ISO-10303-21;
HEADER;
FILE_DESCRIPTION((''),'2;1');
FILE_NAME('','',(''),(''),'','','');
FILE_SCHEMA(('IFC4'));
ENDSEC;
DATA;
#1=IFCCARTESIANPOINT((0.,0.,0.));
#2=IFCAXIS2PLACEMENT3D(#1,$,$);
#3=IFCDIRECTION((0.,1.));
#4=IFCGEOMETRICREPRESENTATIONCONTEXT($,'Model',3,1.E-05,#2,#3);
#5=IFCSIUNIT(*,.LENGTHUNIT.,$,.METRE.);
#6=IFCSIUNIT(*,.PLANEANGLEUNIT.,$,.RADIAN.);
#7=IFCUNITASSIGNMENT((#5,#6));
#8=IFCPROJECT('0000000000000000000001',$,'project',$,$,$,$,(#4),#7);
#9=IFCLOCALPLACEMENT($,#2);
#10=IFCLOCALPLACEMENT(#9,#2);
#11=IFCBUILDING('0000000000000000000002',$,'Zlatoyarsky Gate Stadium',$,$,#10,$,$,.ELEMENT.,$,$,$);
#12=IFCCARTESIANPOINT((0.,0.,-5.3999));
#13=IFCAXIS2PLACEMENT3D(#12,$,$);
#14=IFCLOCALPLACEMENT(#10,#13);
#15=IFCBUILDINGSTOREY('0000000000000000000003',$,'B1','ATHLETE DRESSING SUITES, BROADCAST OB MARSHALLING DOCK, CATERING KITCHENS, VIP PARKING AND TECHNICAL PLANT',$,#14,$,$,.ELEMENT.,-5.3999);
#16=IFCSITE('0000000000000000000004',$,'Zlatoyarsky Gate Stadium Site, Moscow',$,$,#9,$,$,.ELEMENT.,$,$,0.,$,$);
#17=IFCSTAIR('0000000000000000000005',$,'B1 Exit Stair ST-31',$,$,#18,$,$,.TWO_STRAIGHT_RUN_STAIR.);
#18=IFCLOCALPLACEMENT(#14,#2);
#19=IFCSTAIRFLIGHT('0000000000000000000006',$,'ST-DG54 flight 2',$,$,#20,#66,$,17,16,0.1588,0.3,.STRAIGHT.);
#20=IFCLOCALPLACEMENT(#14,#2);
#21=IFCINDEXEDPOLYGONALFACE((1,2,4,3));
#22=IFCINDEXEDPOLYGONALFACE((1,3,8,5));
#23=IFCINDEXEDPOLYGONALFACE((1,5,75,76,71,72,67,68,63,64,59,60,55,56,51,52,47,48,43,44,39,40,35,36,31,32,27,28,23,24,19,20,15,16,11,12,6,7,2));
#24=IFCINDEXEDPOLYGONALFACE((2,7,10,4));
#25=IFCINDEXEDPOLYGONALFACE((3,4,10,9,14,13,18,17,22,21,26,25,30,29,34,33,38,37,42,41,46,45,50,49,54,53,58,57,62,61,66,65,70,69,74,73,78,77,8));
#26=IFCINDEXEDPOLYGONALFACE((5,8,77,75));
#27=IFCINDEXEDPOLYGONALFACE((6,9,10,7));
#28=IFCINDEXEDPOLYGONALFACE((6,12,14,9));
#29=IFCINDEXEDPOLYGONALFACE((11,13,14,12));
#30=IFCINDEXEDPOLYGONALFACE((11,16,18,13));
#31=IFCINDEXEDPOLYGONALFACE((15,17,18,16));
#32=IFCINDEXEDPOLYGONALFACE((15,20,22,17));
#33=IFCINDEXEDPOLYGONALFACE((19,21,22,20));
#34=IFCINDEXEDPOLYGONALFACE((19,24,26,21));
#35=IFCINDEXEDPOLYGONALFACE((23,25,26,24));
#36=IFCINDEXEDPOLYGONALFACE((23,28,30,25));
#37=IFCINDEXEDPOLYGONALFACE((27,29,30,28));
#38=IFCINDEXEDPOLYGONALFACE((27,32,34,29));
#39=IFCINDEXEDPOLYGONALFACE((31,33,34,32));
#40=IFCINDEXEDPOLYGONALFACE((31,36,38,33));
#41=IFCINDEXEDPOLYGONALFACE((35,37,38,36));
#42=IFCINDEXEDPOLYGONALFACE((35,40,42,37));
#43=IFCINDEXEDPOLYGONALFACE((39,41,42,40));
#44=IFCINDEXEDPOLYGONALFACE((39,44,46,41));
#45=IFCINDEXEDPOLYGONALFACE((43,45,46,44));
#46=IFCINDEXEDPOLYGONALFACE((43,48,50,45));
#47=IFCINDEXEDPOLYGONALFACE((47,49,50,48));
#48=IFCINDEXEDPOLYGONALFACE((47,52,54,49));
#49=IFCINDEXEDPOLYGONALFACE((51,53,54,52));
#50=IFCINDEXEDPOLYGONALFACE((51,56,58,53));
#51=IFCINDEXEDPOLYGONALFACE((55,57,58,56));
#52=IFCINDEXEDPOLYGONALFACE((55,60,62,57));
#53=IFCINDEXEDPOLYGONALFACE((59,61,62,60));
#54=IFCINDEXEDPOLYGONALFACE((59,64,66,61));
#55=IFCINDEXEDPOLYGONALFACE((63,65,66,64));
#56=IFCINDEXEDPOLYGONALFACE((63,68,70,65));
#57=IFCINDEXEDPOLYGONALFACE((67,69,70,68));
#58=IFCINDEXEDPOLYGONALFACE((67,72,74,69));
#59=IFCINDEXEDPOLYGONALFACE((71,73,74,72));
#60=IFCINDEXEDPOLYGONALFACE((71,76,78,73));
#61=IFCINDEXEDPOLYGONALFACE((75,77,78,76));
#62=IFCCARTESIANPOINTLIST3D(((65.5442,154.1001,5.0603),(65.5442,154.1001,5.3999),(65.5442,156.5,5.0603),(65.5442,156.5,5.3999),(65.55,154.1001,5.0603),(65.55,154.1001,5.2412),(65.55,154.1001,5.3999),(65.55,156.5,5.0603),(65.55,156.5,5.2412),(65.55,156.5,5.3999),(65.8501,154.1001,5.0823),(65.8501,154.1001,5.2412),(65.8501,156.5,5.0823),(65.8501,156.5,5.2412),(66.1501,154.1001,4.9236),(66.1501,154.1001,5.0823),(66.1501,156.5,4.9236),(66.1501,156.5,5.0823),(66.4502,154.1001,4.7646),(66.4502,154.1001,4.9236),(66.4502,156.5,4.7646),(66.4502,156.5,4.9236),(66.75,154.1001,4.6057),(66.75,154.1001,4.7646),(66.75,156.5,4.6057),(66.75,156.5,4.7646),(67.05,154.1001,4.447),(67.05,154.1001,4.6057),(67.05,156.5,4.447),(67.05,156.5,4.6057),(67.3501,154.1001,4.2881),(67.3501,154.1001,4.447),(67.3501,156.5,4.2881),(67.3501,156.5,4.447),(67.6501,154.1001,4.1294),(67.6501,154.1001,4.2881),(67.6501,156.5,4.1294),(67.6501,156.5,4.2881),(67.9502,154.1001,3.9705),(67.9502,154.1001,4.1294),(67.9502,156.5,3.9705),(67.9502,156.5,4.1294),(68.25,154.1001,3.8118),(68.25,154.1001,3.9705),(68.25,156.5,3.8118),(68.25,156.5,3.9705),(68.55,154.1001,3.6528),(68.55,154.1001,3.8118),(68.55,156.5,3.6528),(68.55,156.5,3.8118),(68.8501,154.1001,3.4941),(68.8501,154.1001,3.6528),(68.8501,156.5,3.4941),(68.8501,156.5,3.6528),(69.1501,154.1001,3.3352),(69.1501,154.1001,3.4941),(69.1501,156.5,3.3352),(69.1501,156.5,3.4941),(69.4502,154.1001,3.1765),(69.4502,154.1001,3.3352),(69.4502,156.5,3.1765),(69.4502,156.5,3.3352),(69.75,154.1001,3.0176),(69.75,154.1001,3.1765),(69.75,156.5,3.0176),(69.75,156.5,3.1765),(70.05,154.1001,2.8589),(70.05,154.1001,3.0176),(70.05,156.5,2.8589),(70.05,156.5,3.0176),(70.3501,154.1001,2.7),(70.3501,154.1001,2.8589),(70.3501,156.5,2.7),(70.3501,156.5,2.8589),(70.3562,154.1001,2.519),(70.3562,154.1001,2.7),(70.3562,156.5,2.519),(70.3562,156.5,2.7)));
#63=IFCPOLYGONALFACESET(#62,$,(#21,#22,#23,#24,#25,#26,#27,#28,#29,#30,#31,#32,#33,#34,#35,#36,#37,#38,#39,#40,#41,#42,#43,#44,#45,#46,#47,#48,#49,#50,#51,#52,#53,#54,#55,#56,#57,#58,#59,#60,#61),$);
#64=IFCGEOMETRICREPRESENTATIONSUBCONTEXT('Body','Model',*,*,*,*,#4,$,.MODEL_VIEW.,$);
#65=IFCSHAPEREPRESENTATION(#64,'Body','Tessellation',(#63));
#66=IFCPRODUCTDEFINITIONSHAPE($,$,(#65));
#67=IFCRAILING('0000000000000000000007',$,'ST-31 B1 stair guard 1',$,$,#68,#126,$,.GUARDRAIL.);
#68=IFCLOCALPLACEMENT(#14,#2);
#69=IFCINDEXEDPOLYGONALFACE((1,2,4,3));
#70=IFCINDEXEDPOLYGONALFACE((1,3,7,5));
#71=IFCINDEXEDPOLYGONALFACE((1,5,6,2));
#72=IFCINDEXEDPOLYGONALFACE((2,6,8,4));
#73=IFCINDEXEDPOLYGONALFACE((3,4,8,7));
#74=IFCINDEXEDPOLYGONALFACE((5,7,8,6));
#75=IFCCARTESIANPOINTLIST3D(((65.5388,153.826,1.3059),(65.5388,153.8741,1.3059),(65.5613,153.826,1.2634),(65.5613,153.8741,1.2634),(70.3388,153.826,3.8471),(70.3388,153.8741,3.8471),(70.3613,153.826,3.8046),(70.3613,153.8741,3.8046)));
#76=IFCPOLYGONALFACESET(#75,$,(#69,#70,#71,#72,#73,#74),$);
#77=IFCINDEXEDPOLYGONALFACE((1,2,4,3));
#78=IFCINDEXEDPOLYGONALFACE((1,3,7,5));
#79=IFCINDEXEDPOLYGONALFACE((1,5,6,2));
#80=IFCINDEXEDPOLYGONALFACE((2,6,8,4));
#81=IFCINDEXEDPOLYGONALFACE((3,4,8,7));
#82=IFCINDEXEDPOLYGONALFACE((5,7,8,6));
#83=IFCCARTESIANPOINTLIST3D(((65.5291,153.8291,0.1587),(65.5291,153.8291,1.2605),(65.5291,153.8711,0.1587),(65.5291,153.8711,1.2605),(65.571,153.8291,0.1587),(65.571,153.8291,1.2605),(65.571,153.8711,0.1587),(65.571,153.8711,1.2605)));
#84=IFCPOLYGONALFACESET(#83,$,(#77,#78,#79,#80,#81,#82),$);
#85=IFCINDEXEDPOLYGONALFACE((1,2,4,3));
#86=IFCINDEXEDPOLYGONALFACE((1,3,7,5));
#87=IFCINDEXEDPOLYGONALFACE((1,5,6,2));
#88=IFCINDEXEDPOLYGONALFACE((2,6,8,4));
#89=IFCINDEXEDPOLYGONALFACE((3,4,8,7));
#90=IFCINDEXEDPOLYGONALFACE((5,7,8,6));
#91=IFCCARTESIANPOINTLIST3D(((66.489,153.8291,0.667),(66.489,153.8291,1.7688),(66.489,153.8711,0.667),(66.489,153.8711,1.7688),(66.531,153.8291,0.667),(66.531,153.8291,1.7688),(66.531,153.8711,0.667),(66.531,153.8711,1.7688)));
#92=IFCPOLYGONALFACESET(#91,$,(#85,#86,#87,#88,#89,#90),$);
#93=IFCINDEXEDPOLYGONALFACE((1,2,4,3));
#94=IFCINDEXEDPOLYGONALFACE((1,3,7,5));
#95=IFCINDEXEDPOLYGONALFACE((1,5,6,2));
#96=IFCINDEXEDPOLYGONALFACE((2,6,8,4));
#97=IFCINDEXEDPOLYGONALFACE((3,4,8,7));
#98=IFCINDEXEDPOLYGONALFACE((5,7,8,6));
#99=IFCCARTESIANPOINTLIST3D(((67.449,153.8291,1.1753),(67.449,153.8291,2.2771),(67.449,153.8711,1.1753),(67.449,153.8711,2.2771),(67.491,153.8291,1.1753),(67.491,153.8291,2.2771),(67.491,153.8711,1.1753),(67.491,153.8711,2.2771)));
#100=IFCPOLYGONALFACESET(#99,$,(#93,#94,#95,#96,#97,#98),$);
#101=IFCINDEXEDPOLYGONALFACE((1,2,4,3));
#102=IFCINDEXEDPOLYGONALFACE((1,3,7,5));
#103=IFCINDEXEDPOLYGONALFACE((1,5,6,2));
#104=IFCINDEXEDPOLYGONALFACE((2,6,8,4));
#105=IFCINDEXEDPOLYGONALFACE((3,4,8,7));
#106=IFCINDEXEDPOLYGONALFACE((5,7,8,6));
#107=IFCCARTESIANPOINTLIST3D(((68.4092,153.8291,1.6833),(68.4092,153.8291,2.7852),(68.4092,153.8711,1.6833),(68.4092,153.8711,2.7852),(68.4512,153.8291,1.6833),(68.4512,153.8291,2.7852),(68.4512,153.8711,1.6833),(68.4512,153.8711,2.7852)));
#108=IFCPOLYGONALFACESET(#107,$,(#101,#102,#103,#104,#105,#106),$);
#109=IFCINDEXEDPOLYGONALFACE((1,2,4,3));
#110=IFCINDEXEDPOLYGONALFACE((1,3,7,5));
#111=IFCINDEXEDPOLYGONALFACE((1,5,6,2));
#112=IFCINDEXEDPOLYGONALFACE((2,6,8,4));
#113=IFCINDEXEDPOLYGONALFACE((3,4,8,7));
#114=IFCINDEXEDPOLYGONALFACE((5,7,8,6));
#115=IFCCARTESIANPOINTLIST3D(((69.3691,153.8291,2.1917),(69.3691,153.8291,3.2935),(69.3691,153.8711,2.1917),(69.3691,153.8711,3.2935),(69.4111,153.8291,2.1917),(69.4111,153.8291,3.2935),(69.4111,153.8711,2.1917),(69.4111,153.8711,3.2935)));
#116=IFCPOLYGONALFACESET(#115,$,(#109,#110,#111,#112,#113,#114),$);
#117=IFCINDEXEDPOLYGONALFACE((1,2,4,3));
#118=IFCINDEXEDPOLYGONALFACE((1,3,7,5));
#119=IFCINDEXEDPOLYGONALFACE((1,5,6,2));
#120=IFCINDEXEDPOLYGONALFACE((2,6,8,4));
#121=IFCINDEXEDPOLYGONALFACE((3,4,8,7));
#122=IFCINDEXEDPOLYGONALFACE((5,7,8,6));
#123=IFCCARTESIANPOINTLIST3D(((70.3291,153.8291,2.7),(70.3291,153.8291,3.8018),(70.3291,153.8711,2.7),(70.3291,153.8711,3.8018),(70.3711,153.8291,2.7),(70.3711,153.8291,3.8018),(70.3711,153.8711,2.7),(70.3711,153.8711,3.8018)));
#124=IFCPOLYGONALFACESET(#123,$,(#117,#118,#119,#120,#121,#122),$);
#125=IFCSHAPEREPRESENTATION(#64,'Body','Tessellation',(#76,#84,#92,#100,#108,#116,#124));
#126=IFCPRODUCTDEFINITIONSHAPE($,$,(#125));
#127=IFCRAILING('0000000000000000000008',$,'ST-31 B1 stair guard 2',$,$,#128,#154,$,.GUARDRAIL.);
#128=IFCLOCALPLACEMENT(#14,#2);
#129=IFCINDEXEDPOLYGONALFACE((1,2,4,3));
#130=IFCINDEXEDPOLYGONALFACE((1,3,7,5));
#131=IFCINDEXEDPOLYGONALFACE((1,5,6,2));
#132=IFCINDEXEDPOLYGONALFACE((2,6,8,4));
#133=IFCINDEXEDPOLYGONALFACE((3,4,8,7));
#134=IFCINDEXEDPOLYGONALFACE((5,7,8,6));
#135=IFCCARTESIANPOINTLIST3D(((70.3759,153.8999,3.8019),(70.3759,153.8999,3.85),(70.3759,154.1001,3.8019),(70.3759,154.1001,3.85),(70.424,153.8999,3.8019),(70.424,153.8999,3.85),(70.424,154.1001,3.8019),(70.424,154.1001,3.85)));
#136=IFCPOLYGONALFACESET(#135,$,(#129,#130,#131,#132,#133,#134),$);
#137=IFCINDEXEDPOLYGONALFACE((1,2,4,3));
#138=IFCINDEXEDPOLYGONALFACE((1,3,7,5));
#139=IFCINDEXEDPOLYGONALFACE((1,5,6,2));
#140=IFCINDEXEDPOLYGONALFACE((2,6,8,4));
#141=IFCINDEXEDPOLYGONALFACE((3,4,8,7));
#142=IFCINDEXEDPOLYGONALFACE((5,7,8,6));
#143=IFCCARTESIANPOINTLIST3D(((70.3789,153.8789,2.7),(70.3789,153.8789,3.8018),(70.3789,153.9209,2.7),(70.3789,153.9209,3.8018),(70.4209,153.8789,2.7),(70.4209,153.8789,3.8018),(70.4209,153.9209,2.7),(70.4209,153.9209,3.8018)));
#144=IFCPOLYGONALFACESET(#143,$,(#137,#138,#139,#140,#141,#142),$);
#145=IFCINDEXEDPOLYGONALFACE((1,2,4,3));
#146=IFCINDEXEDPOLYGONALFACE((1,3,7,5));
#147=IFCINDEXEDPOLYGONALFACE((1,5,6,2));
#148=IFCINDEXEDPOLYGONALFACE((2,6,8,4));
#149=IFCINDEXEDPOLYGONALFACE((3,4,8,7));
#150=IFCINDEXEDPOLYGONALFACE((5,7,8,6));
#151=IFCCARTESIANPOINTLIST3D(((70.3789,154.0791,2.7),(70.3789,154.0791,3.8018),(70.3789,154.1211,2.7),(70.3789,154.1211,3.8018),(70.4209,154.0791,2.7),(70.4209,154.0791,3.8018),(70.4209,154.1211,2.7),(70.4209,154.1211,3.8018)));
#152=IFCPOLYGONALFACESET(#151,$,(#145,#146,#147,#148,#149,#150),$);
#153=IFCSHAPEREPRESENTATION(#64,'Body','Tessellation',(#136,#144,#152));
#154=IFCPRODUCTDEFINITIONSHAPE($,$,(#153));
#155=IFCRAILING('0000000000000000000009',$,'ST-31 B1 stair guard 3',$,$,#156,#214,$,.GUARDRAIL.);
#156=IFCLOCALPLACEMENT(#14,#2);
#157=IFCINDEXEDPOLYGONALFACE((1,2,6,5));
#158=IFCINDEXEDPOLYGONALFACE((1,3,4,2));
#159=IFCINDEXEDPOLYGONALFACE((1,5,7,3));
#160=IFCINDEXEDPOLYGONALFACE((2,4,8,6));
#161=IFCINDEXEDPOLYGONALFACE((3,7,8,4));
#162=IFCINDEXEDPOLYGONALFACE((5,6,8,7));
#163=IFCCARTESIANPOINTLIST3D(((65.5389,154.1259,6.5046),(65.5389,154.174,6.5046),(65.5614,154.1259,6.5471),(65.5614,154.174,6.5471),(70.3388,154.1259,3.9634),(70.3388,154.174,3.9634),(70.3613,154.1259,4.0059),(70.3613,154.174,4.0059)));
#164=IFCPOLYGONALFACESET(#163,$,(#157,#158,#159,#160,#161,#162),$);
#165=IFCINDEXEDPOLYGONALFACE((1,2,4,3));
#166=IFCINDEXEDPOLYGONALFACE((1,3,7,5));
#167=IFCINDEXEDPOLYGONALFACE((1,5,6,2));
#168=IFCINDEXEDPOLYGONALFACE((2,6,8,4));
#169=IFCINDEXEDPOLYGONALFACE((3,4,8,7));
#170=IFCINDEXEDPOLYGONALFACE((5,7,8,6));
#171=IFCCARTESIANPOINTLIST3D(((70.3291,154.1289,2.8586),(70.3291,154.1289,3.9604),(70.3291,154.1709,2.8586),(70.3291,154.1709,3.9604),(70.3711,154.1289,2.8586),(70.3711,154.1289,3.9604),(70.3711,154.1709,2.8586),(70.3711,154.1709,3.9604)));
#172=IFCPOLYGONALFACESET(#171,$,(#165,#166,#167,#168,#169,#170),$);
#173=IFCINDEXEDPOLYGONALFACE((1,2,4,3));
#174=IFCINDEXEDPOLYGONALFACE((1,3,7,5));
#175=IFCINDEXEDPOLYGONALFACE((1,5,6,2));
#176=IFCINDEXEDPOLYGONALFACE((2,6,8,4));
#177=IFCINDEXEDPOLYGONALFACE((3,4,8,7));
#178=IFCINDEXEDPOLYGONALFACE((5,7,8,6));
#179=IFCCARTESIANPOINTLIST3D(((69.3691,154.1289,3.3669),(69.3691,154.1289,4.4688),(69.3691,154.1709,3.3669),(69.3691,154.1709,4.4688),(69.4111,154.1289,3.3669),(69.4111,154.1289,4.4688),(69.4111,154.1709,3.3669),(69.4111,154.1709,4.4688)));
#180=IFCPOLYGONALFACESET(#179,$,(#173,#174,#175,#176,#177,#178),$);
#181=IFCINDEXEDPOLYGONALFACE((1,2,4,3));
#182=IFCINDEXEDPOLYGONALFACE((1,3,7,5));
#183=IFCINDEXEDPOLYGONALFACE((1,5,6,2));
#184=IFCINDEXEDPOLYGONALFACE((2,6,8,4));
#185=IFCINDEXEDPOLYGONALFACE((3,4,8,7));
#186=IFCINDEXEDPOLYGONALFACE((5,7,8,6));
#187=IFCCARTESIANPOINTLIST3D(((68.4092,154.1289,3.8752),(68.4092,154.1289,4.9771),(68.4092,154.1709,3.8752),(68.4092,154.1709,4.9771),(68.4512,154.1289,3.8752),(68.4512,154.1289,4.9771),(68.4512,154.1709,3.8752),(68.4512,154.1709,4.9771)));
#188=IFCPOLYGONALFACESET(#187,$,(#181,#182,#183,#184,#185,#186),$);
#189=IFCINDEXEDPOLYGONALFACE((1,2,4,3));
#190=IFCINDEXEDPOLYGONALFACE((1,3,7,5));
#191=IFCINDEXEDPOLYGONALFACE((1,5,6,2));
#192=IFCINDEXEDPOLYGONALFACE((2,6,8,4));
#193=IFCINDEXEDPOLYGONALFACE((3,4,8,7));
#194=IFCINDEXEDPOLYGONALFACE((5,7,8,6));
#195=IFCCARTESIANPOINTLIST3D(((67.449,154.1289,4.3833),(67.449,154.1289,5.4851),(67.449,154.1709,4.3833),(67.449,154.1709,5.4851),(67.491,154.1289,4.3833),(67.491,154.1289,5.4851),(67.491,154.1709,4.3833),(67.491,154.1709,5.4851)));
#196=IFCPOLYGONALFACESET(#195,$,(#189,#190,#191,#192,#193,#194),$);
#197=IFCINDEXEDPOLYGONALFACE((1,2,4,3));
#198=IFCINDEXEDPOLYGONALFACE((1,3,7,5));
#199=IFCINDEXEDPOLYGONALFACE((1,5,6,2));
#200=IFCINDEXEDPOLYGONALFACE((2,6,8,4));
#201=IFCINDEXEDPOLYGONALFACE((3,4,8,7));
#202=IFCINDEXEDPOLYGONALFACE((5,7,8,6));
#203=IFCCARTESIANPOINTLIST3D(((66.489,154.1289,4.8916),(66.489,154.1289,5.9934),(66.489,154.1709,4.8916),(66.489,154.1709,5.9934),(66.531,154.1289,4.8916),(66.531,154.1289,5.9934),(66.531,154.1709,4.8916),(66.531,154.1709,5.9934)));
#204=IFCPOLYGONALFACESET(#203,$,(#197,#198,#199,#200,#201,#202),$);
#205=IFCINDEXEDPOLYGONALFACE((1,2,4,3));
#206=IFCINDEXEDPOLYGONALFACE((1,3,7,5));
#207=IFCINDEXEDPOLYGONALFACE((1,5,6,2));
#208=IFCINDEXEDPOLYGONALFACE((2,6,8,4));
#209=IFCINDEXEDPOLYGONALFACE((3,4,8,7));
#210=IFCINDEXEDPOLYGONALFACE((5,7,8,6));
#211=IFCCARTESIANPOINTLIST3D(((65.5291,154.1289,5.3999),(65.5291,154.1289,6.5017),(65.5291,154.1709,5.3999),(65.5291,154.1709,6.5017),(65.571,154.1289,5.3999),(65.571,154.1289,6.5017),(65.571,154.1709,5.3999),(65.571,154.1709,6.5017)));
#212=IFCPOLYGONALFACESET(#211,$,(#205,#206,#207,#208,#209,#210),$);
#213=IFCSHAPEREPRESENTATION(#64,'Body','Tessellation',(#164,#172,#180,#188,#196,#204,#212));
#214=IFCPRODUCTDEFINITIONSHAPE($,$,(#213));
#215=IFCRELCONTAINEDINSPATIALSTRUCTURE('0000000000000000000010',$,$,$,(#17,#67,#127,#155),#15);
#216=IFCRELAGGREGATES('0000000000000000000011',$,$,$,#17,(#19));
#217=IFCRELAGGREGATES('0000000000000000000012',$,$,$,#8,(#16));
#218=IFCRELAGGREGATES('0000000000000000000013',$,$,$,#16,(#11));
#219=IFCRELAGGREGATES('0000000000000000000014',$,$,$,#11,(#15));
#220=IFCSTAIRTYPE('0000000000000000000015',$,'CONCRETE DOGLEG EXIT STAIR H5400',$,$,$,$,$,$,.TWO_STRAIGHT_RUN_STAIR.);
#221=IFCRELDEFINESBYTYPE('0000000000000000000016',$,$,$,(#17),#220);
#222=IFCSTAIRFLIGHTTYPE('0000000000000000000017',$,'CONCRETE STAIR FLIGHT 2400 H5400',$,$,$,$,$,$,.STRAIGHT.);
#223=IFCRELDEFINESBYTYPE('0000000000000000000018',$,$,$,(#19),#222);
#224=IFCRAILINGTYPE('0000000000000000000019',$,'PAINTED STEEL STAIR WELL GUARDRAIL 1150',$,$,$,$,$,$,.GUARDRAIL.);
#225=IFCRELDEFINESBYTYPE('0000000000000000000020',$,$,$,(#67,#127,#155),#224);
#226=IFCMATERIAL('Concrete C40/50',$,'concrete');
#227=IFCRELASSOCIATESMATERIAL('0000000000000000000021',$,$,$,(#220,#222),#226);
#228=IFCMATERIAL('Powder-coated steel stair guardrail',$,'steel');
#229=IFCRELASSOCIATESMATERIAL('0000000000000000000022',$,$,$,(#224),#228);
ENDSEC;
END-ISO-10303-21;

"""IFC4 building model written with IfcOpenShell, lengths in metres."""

from ifc_helpers import new_model, si_unit, direction, frame, origin, origin_2d, place, context, subcontext, project, spatial, polyline, rectangle, outline, extrude, material, type_object, element, aggregate, save


model = new_model("IFC4")

# Units and contexts
model_context = context("Model", 3, precision=1e-05, world=origin(), true_north=direction((0.0, 1.0)))
body_context = subcontext(model_context, "Body", "Model", "MODEL_VIEW")
ifc_project = project(units=[si_unit("LENGTHUNIT", "METRE"), si_unit("PLANEANGLEUNIT", "RADIAN")], contexts=[model_context])

# Site, building, storey
site_placement = place(None, origin())
site = spatial("IfcSite", under=ifc_project, at=site_placement, Name="Zlatoyarsky Gate Stadium Site, Moscow", CompositionType="ELEMENT", RefElevation=0.0)
building_placement = place(site_placement, origin())
building = spatial("IfcBuilding", under=site, at=building_placement, Name="Zlatoyarsky Gate Stadium", CompositionType="ELEMENT")
storey_placement = place(building_placement, frame((0.0, 0.0, -5.3999)))
storey = spatial("IfcBuildingStorey", under=building, at=storey_placement, Name="B1", Description="ATHLETE DRESSING SUITES, BROADCAST OB MARSHALLING DOCK, CATERING KITCHENS, VIP PARKING AND TECHNICAL PLANT", CompositionType="ELEMENT", Elevation=-5.3999)

# Shared definitions
ifc_material_1 = material(Name="Concrete C40/50", Category="concrete")

# Stair, stair flight
stair_type = type_object("IfcStairType", Name="CONCRETE DOGLEG EXIT STAIR H5400", PredefinedType="TWO_STRAIGHT_RUN_STAIR", material=ifc_material_1)
stair_placement = place(storey_placement, origin())
stair = element("IfcStair", 1, at=stair_placement, inside=storey, type_object=stair_type, Name="B1 Exit Stair ST-31", PredefinedType="TWO_STRAIGHT_RUN_STAIR")
stair_flight_type = type_object("IfcStairFlightType", Name="CONCRETE STAIR FLIGHT 2400 H5400", PredefinedType="STRAIGHT", material=ifc_material_1)
stair_flight_1_placement = place(storey_placement, frame((70.3501, 155.3, 2.7), z_axis=(0.0, 0.0, 1.0), x_axis=(-1.0, 0.0, 0.0)))
stair_flight_1 = element("IfcStairFlight", 2, at=stair_flight_1_placement, type_object=stair_flight_type, Name="ST-DG54 flight 2", NumberOfRisers=17, NumberOfTreads=16, PredefinedType="STRAIGHT", RiserHeight=0.1588, TreadLength=0.3, context=body_context, shape_type="SweptSolid", body=[
    extrude(outline(polyline([(-0.0061, -0.1809), (-0.0061, 0.0), (0.0, 0.0), (0.0, 0.1589), (0.3, 0.1589), (0.3, 0.3176), (0.6001, 0.3176), (0.6001, 0.4766), (0.8999, 0.4766), (0.8999, 0.6353), (1.2, 0.6353), (1.2, 0.7942), (1.5, 0.7942), (1.5, 0.9529), (1.8, 0.9529), (1.8, 1.1118), (2.1001, 1.1118), (2.1001, 1.2705), (2.3999, 1.2705), (2.3999, 1.4294), (2.7, 1.4294), (2.7, 1.5881), (3.0, 1.5881), (3.0, 1.7471), (3.3, 1.7471), (3.3, 1.9058), (3.6001, 1.9058), (3.6001, 2.0647), (3.8999, 2.0647), (3.8999, 2.2236), (4.2, 2.2236), (4.2, 2.3823), (4.5, 2.3823), (4.5, 2.5413), (4.8, 2.5413), (4.8, 2.7), (4.8059, 2.7), (4.8059, 2.3604), (4.8, 2.3604), (-0.0061, -0.1809)])), frame((0.0, 1.2, 0.0), z_axis=(0.0, -1.0, 0.0), x_axis=(1.0, 0.0, 0.0)), (0.0, 0.0, 1.0), 2.3999),
])
aggregate(stair, [stair_flight_1])

# Railings
ifc_material_2 = material(Name="Powder-coated steel stair guardrail", Category="steel")
railing_type_1 = type_object("IfcRailingType", Name="PAINTED STEEL STAIR WELL GUARDRAIL 1150", PredefinedType="GUARDRAIL", material=ifc_material_2)
railing_1_placement = place(storey_placement, frame((65.55, 153.8501, 0.1587)))
element("IfcRailing", 3, at=railing_1_placement, inside=storey, type_object=railing_type_1, Name="ST-31 B1 stair guard 1", PredefinedType="GUARDRAIL", context=body_context, shape_type="SweptSolid", body=[
    extrude(rectangle(XDim=0.0481, YDim=0.0481, at=origin_2d()), frame((0.0, 0.0, 1.126), z_axis=(0.883784, 0.0, 0.467896), x_axis=(0.0, 1.0, 0.0)), (0.0, 0.0, 1.0), 5.4312),
    extrude(rectangle(XDim=0.042, YDim=0.042, at=origin_2d()), origin(), (0.0, 0.0, 1.0), 1.1018),
    extrude(rectangle(XDim=0.042, YDim=0.042, at=origin_2d()), frame((0.96, 0.0, 0.5083)), (0.0, 0.0, 1.0), 1.1018),
    extrude(rectangle(XDim=0.042, YDim=0.042, at=origin_2d()), frame((1.9199, 0.0, 1.0166)), (0.0, 0.0, 1.0), 1.1018),
    extrude(rectangle(XDim=0.042, YDim=0.042, at=origin_2d()), frame((2.8801, 0.0, 1.5247)), (0.0, 0.0, 1.0), 1.1018),
    extrude(rectangle(XDim=0.042, YDim=0.042, at=origin_2d()), frame((3.8401, 0.0, 2.033)), (0.0, 0.0, 1.0), 1.1018),
    extrude(rectangle(XDim=0.042, YDim=0.042, at=origin_2d()), frame((4.8, 0.0, 2.5413)), (0.0, 0.0, 1.0), 1.1018),
])
railing_2_placement = place(storey_placement, frame((70.3999, 153.8999, 2.7)))
element("IfcRailing", 4, at=railing_2_placement, inside=storey, type_object=railing_type_1, Name="ST-31 B1 stair guard 2", PredefinedType="GUARDRAIL", context=body_context, shape_type="SweptSolid", body=[
    extrude(rectangle(XDim=0.0481, YDim=0.0481, at=origin_2d()), frame((0.0, 0.0, 1.126), z_axis=(0.0, 1.0, 0.0), x_axis=(-1.0, 0.0, 0.0)), (0.0, 0.0, 1.0), 0.2002),
    extrude(rectangle(XDim=0.042, YDim=0.042, at=origin_2d()), origin(), (0.0, 0.0, 1.0), 1.1018),
    extrude(rectangle(XDim=0.042, YDim=0.042, at=origin_2d()), frame((0.0, 0.2002, 0.0)), (0.0, 0.0, 1.0), 1.1018),
])
railing_3_placement = place(storey_placement, frame((70.3501, 154.1499, 2.8586)))
element("IfcRailing", 5, at=railing_3_placement, inside=storey, type_object=railing_type_1, Name="ST-31 B1 stair guard 3", PredefinedType="GUARDRAIL", context=body_context, shape_type="SweptSolid", body=[
    extrude(rectangle(XDim=0.0481, YDim=0.0481, at=origin_2d()), frame((0.0, 0.0, 1.126), z_axis=(-0.883784, 0.0, 0.467896), x_axis=(0.0, -1.0, 0.0)), (0.0, 0.0, 1.0), 5.4312),
    extrude(rectangle(XDim=0.042, YDim=0.042, at=origin_2d()), origin(), (0.0, 0.0, 1.0), 1.1018),
    extrude(rectangle(XDim=0.042, YDim=0.042, at=origin_2d()), frame((-0.96, 0.0, 0.5083)), (0.0, 0.0, 1.0), 1.1018),
    extrude(rectangle(XDim=0.042, YDim=0.042, at=origin_2d()), frame((-1.9199, 0.0, 1.0166)), (0.0, 0.0, 1.0), 1.1018),
    extrude(rectangle(XDim=0.042, YDim=0.042, at=origin_2d()), frame((-2.8801, 0.0, 1.5247)), (0.0, 0.0, 1.0), 1.1018),
    extrude(rectangle(XDim=0.042, YDim=0.042, at=origin_2d()), frame((-3.8401, 0.0, 2.033)), (0.0, 0.0, 1.0), 1.1018),
    extrude(rectangle(XDim=0.042, YDim=0.042, at=origin_2d()), frame((-4.8, 0.0, 2.5413)), (0.0, 0.0, 1.0), 1.1018),
])

save(model, "model.ifc")
